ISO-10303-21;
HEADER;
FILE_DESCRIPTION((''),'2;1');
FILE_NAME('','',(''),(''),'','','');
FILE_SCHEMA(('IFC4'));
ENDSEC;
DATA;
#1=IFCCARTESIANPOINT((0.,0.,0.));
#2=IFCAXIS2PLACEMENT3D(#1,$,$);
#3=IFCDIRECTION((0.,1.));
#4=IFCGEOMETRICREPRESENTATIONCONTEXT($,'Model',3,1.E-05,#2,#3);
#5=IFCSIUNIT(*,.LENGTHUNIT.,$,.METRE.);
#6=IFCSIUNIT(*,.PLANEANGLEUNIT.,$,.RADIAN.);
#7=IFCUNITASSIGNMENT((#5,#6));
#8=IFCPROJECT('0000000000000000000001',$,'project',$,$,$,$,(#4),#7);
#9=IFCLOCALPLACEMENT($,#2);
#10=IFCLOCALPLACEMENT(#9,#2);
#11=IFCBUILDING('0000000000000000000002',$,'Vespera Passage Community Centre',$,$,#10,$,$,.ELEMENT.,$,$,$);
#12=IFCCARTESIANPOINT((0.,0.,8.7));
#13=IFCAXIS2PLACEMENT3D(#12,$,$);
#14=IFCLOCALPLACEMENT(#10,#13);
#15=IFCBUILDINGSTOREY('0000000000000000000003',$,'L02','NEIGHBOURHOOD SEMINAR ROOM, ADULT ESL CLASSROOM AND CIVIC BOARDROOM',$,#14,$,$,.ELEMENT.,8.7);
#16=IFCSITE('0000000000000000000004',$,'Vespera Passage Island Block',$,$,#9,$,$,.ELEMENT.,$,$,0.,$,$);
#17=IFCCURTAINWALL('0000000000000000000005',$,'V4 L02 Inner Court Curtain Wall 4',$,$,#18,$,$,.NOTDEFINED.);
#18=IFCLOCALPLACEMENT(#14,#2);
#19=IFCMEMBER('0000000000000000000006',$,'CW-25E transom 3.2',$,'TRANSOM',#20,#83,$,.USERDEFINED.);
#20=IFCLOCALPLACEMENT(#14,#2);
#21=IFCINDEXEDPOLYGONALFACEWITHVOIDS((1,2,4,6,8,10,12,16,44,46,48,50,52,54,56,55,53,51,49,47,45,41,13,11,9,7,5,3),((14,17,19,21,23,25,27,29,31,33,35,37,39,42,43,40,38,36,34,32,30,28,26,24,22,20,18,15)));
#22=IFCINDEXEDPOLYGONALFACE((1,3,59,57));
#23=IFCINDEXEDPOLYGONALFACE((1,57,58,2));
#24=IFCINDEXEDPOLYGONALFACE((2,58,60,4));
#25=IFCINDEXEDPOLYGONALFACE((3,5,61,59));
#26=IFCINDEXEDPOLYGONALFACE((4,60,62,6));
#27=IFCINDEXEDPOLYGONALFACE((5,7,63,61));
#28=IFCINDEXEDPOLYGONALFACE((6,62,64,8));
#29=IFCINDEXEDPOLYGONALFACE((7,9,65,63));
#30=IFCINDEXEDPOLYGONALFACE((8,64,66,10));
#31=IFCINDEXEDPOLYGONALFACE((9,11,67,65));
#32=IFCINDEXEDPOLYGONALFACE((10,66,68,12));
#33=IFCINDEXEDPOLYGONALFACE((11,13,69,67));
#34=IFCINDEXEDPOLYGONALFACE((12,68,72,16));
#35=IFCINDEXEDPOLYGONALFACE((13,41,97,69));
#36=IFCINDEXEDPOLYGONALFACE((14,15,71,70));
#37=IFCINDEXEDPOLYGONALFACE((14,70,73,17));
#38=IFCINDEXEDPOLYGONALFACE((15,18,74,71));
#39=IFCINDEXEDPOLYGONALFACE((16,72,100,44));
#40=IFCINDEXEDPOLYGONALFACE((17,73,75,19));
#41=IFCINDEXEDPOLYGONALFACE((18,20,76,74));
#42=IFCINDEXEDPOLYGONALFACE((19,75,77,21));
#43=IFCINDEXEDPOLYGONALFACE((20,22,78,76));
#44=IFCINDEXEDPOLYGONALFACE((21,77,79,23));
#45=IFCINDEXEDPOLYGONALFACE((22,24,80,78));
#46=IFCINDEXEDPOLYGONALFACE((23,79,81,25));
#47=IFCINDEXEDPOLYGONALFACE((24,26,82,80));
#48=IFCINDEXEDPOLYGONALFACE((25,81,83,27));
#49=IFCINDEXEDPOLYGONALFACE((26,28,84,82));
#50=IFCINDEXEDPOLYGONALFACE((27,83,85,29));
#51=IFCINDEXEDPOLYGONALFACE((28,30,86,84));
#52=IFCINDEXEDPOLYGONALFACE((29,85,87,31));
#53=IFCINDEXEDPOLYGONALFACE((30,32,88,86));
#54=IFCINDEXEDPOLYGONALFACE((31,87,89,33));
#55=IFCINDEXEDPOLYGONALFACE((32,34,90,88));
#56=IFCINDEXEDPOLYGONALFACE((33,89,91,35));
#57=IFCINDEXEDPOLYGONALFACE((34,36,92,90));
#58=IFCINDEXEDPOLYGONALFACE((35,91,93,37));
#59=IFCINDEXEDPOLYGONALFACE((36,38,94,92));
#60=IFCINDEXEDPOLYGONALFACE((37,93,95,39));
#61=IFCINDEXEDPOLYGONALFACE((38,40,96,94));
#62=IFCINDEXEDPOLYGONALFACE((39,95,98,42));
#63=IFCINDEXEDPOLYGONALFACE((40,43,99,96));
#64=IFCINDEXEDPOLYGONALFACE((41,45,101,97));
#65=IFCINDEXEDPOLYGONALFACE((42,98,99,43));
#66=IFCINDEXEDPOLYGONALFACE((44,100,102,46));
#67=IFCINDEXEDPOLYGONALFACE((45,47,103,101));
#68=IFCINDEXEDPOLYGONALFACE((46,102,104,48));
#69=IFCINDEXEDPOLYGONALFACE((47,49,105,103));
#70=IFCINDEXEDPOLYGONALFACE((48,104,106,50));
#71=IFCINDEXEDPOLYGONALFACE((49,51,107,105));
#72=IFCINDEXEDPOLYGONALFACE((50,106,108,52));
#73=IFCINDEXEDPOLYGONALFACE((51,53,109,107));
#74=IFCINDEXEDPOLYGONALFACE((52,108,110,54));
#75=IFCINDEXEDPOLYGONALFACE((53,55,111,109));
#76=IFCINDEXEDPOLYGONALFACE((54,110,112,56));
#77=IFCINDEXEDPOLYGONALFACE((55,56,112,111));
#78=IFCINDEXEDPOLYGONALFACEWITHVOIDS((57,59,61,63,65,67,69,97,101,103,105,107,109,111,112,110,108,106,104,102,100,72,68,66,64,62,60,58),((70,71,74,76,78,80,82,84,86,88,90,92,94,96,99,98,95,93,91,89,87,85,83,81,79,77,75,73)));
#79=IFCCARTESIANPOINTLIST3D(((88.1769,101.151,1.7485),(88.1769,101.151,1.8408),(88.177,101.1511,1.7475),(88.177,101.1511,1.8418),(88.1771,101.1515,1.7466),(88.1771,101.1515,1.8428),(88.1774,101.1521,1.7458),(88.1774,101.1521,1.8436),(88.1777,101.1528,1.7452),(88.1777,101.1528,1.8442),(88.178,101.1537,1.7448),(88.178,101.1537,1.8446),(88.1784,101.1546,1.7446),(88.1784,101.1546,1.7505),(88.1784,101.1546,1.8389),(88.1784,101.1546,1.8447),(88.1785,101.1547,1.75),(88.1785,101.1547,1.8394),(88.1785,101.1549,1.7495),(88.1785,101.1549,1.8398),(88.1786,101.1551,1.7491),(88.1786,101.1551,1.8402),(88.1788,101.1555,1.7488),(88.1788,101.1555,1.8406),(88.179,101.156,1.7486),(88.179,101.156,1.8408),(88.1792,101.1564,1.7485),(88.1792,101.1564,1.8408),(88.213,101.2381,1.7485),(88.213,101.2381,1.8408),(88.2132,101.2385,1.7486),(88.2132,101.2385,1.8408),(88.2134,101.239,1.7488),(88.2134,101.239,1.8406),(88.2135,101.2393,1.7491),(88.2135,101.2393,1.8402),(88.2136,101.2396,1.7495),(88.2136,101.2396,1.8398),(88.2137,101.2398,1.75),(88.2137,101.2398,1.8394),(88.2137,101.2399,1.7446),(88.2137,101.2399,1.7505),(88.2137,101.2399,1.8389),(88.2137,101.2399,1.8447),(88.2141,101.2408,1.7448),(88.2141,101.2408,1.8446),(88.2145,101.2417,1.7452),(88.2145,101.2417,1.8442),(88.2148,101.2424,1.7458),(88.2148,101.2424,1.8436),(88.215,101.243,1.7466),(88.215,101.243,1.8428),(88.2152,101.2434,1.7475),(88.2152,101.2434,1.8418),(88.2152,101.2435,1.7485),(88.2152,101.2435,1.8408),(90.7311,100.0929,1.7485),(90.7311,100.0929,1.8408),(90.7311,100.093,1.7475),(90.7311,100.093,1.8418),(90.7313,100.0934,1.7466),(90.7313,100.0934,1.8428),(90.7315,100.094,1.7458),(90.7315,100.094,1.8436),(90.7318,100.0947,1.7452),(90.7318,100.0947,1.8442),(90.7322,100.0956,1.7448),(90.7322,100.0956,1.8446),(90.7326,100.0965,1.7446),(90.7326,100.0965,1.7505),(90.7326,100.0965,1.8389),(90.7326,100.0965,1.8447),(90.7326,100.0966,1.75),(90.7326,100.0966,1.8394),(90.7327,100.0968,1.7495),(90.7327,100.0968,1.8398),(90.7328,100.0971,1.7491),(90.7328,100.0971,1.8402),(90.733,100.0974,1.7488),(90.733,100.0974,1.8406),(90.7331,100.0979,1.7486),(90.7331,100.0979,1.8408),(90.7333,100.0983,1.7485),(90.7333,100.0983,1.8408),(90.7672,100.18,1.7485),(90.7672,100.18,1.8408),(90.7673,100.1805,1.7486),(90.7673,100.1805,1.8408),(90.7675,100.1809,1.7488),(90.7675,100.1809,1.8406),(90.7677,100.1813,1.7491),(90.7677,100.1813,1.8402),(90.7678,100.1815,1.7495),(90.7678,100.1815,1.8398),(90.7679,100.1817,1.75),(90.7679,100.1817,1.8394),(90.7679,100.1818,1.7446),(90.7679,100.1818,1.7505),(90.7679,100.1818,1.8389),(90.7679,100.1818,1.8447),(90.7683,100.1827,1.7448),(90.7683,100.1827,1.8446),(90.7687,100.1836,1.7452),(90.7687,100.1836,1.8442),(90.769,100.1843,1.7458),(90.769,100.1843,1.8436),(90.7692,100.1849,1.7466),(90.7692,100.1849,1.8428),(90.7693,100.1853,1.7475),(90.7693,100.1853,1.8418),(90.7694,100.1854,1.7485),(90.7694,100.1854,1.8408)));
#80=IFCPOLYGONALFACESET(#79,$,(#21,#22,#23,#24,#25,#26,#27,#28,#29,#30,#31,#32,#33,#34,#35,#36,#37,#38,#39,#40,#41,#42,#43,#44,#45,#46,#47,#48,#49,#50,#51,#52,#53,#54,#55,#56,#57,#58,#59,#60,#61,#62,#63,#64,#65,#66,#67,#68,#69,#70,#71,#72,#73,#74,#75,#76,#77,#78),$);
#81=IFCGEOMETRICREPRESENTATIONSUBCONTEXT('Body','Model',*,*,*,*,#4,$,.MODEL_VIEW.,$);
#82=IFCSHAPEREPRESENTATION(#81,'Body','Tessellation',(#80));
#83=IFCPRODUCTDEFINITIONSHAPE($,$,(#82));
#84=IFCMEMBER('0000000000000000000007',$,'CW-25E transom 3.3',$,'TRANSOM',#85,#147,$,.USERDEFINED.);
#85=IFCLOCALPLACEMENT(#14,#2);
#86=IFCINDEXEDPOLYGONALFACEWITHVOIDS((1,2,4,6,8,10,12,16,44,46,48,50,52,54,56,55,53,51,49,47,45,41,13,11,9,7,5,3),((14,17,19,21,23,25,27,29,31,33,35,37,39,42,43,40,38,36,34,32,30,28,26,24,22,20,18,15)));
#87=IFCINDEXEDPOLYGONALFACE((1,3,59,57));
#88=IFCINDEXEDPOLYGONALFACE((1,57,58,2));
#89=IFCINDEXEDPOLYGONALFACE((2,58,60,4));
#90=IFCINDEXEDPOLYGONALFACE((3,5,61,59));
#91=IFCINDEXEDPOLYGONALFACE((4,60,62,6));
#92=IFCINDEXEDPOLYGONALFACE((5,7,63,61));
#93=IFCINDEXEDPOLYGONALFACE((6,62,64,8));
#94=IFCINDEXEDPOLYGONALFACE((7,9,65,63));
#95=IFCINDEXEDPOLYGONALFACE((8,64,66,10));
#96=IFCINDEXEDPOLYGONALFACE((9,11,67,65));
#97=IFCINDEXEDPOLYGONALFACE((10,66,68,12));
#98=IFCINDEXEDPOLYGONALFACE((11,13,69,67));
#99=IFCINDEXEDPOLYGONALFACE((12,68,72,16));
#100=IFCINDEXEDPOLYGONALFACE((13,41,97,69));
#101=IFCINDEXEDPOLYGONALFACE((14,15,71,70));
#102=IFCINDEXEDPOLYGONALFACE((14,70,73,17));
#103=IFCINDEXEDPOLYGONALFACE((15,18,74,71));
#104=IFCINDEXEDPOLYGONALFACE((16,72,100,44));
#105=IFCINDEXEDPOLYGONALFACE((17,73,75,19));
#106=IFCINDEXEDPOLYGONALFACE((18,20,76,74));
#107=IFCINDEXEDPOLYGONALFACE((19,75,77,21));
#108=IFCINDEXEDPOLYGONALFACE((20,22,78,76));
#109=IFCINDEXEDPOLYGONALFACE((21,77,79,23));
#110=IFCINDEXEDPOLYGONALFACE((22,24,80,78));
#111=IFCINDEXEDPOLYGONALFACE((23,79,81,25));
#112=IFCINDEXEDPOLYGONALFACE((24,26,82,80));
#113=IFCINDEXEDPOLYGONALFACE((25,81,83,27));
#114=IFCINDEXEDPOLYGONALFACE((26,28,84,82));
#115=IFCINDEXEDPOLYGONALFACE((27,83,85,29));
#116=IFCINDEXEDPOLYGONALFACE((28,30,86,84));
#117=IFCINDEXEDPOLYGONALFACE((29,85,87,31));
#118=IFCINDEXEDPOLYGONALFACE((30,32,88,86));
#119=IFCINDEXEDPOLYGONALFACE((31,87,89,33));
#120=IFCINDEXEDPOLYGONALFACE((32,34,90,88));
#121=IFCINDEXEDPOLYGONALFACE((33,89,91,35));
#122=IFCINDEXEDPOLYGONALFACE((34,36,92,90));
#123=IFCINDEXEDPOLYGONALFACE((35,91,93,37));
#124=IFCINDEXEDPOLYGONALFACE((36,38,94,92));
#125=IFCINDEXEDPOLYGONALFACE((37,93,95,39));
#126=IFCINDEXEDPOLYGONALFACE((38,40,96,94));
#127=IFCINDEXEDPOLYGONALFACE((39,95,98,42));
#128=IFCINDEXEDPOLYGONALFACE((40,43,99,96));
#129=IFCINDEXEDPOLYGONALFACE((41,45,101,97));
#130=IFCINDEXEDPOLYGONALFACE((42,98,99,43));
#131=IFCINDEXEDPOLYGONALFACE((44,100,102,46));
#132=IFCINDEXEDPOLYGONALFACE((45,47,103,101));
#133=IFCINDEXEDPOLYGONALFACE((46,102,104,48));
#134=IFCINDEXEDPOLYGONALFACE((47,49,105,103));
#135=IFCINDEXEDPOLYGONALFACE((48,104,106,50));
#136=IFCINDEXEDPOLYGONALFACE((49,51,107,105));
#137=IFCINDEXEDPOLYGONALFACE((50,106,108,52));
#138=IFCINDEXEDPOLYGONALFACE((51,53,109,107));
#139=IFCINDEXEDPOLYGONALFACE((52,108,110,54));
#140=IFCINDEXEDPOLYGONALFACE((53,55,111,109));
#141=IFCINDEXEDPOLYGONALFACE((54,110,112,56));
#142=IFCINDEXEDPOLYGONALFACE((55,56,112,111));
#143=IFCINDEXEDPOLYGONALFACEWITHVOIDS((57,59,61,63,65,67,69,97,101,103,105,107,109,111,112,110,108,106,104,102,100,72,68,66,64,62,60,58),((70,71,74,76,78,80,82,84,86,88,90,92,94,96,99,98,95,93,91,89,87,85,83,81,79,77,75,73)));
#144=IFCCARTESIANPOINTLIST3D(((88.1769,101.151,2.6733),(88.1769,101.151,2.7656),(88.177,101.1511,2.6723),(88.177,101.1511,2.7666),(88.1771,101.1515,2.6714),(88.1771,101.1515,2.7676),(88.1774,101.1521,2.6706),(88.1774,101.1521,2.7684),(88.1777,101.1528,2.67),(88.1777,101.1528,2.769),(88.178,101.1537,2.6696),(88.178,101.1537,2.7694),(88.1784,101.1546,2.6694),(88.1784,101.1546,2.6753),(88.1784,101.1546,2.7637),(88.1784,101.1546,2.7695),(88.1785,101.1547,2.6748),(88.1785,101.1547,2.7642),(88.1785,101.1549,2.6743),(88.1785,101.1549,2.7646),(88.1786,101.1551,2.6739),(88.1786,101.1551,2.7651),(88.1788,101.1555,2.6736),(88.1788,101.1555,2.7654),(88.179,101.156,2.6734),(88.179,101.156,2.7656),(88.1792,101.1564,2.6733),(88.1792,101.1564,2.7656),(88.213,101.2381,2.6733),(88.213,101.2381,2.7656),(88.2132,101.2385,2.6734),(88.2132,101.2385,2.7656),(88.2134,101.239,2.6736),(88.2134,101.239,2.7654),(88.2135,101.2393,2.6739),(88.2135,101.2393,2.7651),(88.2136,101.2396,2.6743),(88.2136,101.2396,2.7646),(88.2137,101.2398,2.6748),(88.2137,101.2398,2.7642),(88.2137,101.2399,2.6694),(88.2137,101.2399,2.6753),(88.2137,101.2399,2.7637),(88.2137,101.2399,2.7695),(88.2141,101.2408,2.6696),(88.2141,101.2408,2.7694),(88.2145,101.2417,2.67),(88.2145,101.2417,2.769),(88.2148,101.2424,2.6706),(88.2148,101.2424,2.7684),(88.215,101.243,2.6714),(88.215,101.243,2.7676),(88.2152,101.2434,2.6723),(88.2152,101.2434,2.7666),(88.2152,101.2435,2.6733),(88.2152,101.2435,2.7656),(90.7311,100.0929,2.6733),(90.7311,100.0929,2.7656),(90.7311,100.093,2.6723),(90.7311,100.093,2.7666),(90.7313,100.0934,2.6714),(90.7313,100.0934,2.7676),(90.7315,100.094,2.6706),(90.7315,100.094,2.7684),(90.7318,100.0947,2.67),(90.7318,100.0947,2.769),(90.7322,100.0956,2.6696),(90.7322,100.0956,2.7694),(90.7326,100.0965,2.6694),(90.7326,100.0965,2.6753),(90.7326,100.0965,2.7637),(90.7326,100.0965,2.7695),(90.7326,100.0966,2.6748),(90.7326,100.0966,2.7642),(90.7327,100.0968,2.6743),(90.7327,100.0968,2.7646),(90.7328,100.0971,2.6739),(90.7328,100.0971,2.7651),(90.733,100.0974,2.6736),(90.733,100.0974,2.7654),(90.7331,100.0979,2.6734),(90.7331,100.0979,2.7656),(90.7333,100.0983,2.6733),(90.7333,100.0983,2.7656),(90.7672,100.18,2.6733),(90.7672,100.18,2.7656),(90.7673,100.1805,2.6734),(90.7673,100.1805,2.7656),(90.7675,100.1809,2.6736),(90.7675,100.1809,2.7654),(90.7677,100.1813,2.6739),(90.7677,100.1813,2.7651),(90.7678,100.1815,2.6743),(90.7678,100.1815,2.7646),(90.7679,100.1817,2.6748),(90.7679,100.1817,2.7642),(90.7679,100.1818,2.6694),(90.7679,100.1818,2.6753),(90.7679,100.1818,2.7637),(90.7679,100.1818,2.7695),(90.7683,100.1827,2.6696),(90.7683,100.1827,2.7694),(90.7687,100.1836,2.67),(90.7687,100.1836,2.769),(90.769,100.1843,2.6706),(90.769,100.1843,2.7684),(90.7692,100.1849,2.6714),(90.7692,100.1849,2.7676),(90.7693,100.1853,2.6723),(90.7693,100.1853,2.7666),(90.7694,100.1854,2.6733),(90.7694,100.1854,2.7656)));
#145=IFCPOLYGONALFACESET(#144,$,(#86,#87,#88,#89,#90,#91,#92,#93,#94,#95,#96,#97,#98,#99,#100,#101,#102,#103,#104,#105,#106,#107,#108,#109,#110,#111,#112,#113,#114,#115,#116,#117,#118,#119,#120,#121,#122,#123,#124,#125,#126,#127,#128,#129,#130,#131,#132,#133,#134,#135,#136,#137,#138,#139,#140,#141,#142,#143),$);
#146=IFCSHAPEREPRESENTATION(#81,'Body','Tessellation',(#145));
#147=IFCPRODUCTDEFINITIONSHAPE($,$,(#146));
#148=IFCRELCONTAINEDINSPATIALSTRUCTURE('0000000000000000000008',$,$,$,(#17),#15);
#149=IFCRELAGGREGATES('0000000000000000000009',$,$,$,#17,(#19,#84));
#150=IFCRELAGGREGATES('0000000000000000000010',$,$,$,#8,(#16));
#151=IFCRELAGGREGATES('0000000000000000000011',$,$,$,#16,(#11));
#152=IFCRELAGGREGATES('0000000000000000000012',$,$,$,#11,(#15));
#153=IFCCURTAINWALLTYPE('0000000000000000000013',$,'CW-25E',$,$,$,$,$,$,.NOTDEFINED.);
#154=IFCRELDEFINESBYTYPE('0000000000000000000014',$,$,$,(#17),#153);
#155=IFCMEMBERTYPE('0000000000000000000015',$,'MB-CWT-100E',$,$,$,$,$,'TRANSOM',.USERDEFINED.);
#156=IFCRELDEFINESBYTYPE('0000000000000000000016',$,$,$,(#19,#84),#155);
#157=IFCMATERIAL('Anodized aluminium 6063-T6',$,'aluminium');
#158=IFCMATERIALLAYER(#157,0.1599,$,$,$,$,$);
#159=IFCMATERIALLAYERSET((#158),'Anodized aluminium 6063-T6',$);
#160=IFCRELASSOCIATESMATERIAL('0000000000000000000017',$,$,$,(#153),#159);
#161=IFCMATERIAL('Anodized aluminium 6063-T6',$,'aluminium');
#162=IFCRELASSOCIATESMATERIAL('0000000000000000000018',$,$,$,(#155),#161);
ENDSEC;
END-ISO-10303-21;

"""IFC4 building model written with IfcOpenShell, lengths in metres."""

from ifc_helpers import new_model, si_unit, direction, frame, origin, origin_2d, place, context, subcontext, project, spatial, hollow_rectangle, extrude, material, layer, layer_set, material_profile, profile_set, type_object, element, aggregate, save


model = new_model("IFC4")

# Units and contexts
model_context = context("Model", 3, precision=1e-05, world=origin(), true_north=direction((0.0, 1.0)))
body_context = subcontext(model_context, "Body", "Model", "MODEL_VIEW")
ifc_project = project(units=[si_unit("LENGTHUNIT", "METRE"), si_unit("PLANEANGLEUNIT", "RADIAN")], contexts=[model_context])

# Site, building, storey
site_placement = place(None, origin())
site = spatial("IfcSite", under=ifc_project, at=site_placement, Name="Vespera Passage Island Block", CompositionType="ELEMENT", RefElevation=0.0)
building_placement = place(site_placement, origin())
building = spatial("IfcBuilding", under=site, at=building_placement, Name="Vespera Passage Community Centre", CompositionType="ELEMENT")
storey_placement = place(building_placement, frame((0.0, 0.0, 8.7)))
storey = spatial("IfcBuildingStorey", under=building, at=storey_placement, Name="L02", Description="NEIGHBOURHOOD SEMINAR ROOM, ADULT ESL CLASSROOM AND CIVIC BOARDROOM", CompositionType="ELEMENT", Elevation=8.7)

# Curtain wall, members
ifc_material_1 = material(Name="Anodized aluminium 6063-T6", Category="aluminium")
ifc_layer_1 = layer(ifc_material_1, 0.1599)
ifc_layer_set_1 = layer_set([ifc_layer_1], Name="Anodized aluminium 6063-T6")
curtain_wall_type_1 = type_object("IfcCurtainWallType", Name="CW-25E", PredefinedType="NOTDEFINED", material=ifc_layer_set_1)
curtain_wall_1_placement = place(storey_placement, origin())
curtain_wall_1 = element("IfcCurtainWall", 1, at=curtain_wall_1_placement, inside=storey, type_object=curtain_wall_type_1, Name="V4 L02 Inner Court Curtain Wall 4", PredefinedType="NOTDEFINED")
ifc_material_2 = material(Name="Anodized aluminium 6063-T6", Category="aluminium")
ifc_material_profile_1 = material_profile(ifc_material_2, hollow_rectangle(XDim=0.1001, YDim=0.1001, WallThickness=0.0039, InnerFilletRadius=0.002, OuterFilletRadius=0.0039, at=origin_2d()), Name="ALU100X100X4")
ifc_profile_set_1 = profile_set([ifc_material_profile_1], Name="Anodized aluminium 6063-T6")
member_type_1 = type_object("IfcMemberType", Name="MB-CWT-100E", ElementType="TRANSOM", PredefinedType="USERDEFINED", material=ifc_profile_set_1)
member_1_placement = place(storey_placement, frame((90.7502, 100.1392, 1.7947), z_axis=(-0.923864, 0.382721, 0.0), x_axis=(-0.382721, -0.923864, 0.0)))
member_1 = element("IfcMember", 2, at=member_1_placement, type_object=member_type_1, Name="CW-25E transom 3.2", ObjectType="TRANSOM", PredefinedType="USERDEFINED", context=body_context, shape_type="SweptSolid", body=[
    extrude(hollow_rectangle(XDim=0.1001, YDim=0.1001, WallThickness=0.0039, InnerFilletRadius=0.002, OuterFilletRadius=0.0039, at=origin_2d()), origin(), (0.0, 0.0, 1.0), 2.7646),
])
member_2_placement = place(storey_placement, frame((90.7502, 100.1392, 2.7195), z_axis=(-0.923864, 0.382721, 0.0), x_axis=(-0.382721, -0.923864, 0.0)))
member_2 = element("IfcMember", 3, at=member_2_placement, type_object=member_type_1, Name="CW-25E transom 3.3", ObjectType="TRANSOM", PredefinedType="USERDEFINED", context=body_context, shape_type="SweptSolid", body=[
    extrude(hollow_rectangle(XDim=0.1001, YDim=0.1001, WallThickness=0.0039, InnerFilletRadius=0.002, OuterFilletRadius=0.0039, at=origin_2d()), origin(), (0.0, 0.0, 1.0), 2.7646),
])

aggregate(curtain_wall_1, [member_1, member_2])

save(model, "model.ifc")
